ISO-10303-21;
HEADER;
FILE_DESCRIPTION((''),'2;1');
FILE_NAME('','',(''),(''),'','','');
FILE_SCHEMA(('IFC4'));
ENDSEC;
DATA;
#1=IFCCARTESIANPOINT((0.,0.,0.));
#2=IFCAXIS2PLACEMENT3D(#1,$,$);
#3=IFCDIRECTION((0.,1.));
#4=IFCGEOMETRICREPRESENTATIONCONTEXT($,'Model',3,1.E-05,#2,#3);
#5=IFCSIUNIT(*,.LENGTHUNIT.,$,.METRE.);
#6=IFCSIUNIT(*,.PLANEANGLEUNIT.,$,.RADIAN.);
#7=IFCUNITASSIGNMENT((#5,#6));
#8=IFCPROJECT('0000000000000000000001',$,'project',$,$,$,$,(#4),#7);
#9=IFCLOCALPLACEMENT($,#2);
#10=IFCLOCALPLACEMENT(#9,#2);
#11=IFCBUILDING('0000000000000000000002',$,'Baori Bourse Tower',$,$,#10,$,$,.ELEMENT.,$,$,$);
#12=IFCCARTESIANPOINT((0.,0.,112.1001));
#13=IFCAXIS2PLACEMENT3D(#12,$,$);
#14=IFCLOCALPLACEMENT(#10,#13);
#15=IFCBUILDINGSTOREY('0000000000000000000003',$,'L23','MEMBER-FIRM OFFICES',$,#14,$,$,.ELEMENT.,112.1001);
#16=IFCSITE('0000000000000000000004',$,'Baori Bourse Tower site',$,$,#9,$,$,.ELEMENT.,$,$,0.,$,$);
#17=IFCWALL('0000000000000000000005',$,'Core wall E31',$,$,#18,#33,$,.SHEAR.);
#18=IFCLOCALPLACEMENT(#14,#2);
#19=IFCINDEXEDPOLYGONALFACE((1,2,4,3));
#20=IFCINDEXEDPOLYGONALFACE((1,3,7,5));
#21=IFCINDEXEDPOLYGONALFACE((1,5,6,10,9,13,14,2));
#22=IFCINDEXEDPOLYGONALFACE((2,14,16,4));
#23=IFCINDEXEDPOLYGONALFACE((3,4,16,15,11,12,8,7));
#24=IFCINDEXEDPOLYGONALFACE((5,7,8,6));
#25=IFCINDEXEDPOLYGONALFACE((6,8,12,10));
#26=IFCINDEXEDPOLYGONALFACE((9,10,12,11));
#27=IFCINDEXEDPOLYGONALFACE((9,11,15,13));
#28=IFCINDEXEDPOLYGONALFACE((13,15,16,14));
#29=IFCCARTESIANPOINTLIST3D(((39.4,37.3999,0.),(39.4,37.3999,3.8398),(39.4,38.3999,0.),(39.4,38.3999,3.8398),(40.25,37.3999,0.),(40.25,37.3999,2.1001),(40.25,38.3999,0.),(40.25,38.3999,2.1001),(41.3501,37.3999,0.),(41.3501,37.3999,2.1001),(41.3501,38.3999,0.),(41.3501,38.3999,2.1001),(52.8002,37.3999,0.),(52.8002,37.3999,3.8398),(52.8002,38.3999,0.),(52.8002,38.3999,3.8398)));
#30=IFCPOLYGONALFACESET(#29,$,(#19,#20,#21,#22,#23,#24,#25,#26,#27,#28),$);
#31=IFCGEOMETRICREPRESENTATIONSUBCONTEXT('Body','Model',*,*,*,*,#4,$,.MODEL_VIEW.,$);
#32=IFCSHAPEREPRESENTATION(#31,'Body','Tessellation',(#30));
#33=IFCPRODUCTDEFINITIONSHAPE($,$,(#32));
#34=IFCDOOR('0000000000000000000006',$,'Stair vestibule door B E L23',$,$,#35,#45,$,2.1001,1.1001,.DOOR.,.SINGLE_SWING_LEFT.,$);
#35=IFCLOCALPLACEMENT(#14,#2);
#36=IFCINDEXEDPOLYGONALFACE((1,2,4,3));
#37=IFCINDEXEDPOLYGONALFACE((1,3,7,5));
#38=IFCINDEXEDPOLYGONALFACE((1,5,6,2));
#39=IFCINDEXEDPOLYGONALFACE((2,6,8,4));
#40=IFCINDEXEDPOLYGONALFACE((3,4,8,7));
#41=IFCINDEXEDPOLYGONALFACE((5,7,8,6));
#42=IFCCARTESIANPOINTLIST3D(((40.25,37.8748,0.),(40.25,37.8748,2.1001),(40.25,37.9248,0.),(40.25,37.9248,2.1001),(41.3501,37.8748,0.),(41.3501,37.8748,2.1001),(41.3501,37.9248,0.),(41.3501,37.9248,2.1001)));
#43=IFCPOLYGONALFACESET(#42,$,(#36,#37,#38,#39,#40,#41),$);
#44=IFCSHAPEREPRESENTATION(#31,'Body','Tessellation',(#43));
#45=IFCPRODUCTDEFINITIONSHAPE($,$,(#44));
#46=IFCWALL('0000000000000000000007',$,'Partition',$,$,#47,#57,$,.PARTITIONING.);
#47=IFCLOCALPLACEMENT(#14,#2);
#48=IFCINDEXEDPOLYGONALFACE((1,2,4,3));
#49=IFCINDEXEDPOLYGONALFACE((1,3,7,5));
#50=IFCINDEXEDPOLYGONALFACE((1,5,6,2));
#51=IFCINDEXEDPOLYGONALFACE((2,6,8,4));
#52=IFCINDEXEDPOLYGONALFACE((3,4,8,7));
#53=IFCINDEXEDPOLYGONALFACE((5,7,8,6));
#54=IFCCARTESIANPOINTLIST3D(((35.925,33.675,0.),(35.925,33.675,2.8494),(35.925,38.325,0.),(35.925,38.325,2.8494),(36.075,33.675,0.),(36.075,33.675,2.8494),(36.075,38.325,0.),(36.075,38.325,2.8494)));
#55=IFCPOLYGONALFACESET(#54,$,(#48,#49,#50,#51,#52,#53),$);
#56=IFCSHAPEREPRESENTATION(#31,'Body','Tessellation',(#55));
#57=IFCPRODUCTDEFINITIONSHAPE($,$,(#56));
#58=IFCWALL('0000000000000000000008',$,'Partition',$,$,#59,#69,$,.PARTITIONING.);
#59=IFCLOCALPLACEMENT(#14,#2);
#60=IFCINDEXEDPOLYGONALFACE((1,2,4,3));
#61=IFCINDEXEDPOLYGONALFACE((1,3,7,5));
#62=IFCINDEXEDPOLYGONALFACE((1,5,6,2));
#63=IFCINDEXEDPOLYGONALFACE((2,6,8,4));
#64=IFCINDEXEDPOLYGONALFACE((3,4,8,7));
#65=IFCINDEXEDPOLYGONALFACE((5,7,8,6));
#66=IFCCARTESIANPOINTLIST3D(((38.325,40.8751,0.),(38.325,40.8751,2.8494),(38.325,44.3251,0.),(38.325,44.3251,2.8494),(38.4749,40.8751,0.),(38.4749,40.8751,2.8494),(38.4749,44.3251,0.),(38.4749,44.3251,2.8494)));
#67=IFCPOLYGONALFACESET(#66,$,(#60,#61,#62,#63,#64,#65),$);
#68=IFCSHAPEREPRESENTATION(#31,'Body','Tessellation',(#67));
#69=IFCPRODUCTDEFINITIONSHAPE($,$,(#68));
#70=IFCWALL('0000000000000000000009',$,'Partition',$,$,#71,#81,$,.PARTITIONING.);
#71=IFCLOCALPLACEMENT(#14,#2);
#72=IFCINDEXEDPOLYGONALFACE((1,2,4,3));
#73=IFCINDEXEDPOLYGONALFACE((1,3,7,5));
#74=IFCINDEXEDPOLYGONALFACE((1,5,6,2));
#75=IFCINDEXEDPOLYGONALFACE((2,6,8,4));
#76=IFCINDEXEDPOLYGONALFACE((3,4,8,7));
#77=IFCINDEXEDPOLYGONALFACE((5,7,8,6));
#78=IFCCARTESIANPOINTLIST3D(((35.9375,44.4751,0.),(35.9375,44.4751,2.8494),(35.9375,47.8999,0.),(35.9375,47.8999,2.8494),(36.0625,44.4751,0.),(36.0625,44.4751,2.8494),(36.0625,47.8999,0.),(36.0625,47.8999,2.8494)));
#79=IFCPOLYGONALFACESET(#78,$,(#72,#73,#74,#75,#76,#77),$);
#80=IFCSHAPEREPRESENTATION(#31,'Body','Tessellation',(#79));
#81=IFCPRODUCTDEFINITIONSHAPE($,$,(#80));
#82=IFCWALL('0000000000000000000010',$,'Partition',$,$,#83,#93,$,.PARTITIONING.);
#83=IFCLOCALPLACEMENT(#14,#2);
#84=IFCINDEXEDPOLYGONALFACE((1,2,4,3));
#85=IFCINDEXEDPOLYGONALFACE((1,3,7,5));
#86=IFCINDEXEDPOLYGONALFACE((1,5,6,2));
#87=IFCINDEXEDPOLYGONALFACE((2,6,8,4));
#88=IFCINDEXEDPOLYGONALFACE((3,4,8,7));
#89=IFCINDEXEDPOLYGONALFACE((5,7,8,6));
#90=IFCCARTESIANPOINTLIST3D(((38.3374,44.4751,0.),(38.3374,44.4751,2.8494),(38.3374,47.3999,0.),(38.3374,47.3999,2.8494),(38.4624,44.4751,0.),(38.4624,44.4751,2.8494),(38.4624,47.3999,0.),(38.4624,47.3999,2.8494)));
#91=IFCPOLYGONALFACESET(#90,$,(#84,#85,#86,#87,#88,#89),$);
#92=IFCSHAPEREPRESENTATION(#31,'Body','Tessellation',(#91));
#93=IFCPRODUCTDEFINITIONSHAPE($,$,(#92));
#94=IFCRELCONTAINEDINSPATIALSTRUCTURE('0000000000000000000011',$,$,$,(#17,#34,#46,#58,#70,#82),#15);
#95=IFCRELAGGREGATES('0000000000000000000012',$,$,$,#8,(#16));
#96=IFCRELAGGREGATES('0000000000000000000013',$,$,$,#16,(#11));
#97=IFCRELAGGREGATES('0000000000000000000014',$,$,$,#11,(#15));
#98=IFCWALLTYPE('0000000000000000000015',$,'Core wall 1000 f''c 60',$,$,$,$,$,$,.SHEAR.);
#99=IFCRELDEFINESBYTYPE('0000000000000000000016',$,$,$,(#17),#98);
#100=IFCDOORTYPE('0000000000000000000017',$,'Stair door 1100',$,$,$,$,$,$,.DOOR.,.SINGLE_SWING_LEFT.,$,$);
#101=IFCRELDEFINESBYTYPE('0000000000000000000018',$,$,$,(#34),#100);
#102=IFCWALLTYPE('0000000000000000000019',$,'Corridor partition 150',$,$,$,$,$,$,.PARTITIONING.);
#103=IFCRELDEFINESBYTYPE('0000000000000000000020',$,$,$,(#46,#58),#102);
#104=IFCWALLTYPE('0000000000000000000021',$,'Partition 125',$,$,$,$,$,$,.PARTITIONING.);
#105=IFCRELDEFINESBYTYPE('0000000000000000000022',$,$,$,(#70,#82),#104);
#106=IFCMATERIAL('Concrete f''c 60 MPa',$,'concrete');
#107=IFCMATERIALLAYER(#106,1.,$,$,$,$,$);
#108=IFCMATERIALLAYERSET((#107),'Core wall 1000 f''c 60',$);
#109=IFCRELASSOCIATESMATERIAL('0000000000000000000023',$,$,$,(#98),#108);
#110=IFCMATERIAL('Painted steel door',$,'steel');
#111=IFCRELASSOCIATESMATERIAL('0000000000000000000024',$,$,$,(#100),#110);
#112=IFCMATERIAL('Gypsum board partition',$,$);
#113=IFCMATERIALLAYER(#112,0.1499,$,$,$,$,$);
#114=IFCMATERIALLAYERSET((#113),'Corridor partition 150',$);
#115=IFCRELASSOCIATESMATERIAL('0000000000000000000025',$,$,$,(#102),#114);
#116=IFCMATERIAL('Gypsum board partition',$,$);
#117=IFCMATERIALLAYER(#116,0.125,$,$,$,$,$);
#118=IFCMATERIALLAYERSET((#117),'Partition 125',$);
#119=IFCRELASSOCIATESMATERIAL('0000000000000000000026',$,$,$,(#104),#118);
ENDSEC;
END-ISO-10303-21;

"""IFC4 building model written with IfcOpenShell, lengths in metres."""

from ifc_helpers import new_model, si_unit, direction, frame, frame_2d, origin, place, context, subcontext, project, spatial, rectangle, extrude, material, layer, layer_set, type_object, element, fill, save


model = new_model("IFC4")

# Units and contexts
model_context = context("Model", 3, precision=1e-05, world=origin(), true_north=direction((0.0, 1.0)))
body_context = subcontext(model_context, "Body", "Model", "MODEL_VIEW")
ifc_project = project(units=[si_unit("LENGTHUNIT", "METRE"), si_unit("PLANEANGLEUNIT", "RADIAN")], contexts=[model_context])

# Site, building, storey
site_placement = place(None, origin())
site = spatial("IfcSite", under=ifc_project, at=site_placement, Name="Baori Bourse Tower site", CompositionType="ELEMENT", RefElevation=0.0)
building_placement = place(site_placement, origin())
building = spatial("IfcBuilding", under=site, at=building_placement, Name="Baori Bourse Tower", CompositionType="ELEMENT")
storey_placement = place(building_placement, frame((0.0, 0.0, 112.1001)))
storey = spatial("IfcBuildingStorey", under=building, at=storey_placement, Name="L23", Description="MEMBER-FIRM OFFICES", CompositionType="ELEMENT", Elevation=112.1001)

# Wall, opening, door
ifc_material_1 = material(Name="Concrete f'c 60 MPa", Category="concrete")
ifc_layer_1 = layer(ifc_material_1, 1.0)
ifc_layer_set_1 = layer_set([ifc_layer_1], Name="Core wall 1000 f'c 60")
wall_type_1 = type_object("IfcWallType", Name="Core wall 1000 f'c 60", PredefinedType="SHEAR", material=ifc_layer_set_1)
wall_1_placement = place(storey_placement, frame((39.3999, 37.8999, 0.0), z_axis=(0.0, 0.0, 1.0), x_axis=(1.0, 0.0, 0.0)))
wall_1 = element("IfcWall", 1, at=wall_1_placement, inside=storey, type_object=wall_type_1, Name="Core wall E31", PredefinedType="SHEAR", context=body_context, shape_type="SweptSolid", body=[
    extrude(rectangle(XDim=13.4001, YDim=1.0, at=frame_2d((6.7002, 0.0))), origin(), (0.0, 0.0, 1.0), 3.8398),
])
opening_1_placement = place(wall_1_placement, frame((0.8501, 0.0, 0.0)))
opening_1 = element("IfcOpeningElement", 2, at=opening_1_placement, cuts=wall_1, PredefinedType="OPENING", context=body_context, shape_type="SweptSolid", body=[
    extrude(rectangle(XDim=1.1001, YDim=2.1001, at=frame_2d((0.55, 1.05))), frame((0.0, 0.51, 0.0), z_axis=(0.0, -1.0, 0.0), x_axis=(1.0, 0.0, 0.0)), (0.0, 0.0, 1.0), 1.02),
])
ifc_material_2 = material(Name="Painted steel door", Category="steel")
door_type_1 = type_object("IfcDoorType", Name="Stair door 1100", OperationType="SINGLE_SWING_LEFT", PredefinedType="DOOR", material=ifc_material_2)
door_1_placement = place(opening_1_placement, origin())
door_1 = element("IfcDoor", 3, at=door_1_placement, inside=storey, type_object=door_type_1, Name="Stair vestibule door B E L23", OperationType="SINGLE_SWING_LEFT", OverallHeight=2.1001, OverallWidth=1.1001, PredefinedType="DOOR", context=body_context, shape_type="SweptSolid", body=[
    extrude(rectangle(XDim=1.1001, YDim=2.1001, at=frame_2d((0.55, 1.05))), frame((0.0, 0.0249, 0.0), z_axis=(0.0, -1.0, 0.0), x_axis=(1.0, 0.0, 0.0)), (0.0, 0.0, 1.0), 0.05),
])
fill(opening_1, door_1)

# Walls
ifc_material_3 = material(Name="Gypsum board partition")
ifc_layer_2 = layer(ifc_material_3, 0.1499)
ifc_layer_set_2 = layer_set([ifc_layer_2], Name="Corridor partition 150")
wall_type_2 = type_object("IfcWallType", Name="Corridor partition 150", PredefinedType="PARTITIONING", material=ifc_layer_set_2)
wall_2_placement = place(storey_placement, frame((36.0, 33.675, 0.0), z_axis=(0.0, 0.0, 1.0), x_axis=(0.0, 1.0, 0.0)))
element("IfcWall", 4, at=wall_2_placement, inside=storey, type_object=wall_type_2, Name="Partition", PredefinedType="PARTITIONING", context=body_context, shape_type="SweptSolid", body=[
    extrude(rectangle(XDim=4.6499, YDim=0.1499, at=frame_2d((2.325, 0.0))), origin(), (0.0, 0.0, 1.0), 2.8494),
])
wall_3_placement = place(storey_placement, frame((38.3999, 40.875, 0.0), z_axis=(0.0, 0.0, 1.0), x_axis=(0.0, 1.0, 0.0)))
element("IfcWall", 5, at=wall_3_placement, inside=storey, type_object=wall_type_2, Name="Partition", PredefinedType="PARTITIONING", context=body_context, shape_type="SweptSolid", body=[
    extrude(rectangle(XDim=3.45, YDim=0.1499, at=frame_2d((1.7251, 0.0))), origin(), (0.0, 0.0, 1.0), 2.8494),
])
ifc_material_4 = material(Name="Gypsum board partition")
ifc_layer_3 = layer(ifc_material_4, 0.125)
ifc_layer_set_3 = layer_set([ifc_layer_3], Name="Partition 125")
wall_type_3 = type_object("IfcWallType", Name="Partition 125", PredefinedType="PARTITIONING", material=ifc_layer_set_3)
wall_4_placement = place(storey_placement, frame((36.0, 44.4751, 0.0), z_axis=(0.0, 0.0, 1.0), x_axis=(0.0, 1.0, 0.0)))
element("IfcWall", 6, at=wall_4_placement, inside=storey, type_object=wall_type_3, Name="Partition", PredefinedType="PARTITIONING", context=body_context, shape_type="SweptSolid", body=[
    extrude(rectangle(XDim=3.4248, YDim=0.125, at=frame_2d((1.7124, 0.0))), origin(), (0.0, 0.0, 1.0), 2.8494),
])
wall_5_placement = place(storey_placement, frame((38.3999, 44.4751, 0.0), z_axis=(0.0, 0.0, 1.0), x_axis=(0.0, 1.0, 0.0)))
element("IfcWall", 7, at=wall_5_placement, inside=storey, type_object=wall_type_3, Name="Partition", PredefinedType="PARTITIONING", context=body_context, shape_type="SweptSolid", body=[
    extrude(rectangle(XDim=2.9248, YDim=0.125, at=frame_2d((1.4624, 0.0))), origin(), (0.0, 0.0, 1.0), 2.8494),
])

save(model, "model.ifc")
